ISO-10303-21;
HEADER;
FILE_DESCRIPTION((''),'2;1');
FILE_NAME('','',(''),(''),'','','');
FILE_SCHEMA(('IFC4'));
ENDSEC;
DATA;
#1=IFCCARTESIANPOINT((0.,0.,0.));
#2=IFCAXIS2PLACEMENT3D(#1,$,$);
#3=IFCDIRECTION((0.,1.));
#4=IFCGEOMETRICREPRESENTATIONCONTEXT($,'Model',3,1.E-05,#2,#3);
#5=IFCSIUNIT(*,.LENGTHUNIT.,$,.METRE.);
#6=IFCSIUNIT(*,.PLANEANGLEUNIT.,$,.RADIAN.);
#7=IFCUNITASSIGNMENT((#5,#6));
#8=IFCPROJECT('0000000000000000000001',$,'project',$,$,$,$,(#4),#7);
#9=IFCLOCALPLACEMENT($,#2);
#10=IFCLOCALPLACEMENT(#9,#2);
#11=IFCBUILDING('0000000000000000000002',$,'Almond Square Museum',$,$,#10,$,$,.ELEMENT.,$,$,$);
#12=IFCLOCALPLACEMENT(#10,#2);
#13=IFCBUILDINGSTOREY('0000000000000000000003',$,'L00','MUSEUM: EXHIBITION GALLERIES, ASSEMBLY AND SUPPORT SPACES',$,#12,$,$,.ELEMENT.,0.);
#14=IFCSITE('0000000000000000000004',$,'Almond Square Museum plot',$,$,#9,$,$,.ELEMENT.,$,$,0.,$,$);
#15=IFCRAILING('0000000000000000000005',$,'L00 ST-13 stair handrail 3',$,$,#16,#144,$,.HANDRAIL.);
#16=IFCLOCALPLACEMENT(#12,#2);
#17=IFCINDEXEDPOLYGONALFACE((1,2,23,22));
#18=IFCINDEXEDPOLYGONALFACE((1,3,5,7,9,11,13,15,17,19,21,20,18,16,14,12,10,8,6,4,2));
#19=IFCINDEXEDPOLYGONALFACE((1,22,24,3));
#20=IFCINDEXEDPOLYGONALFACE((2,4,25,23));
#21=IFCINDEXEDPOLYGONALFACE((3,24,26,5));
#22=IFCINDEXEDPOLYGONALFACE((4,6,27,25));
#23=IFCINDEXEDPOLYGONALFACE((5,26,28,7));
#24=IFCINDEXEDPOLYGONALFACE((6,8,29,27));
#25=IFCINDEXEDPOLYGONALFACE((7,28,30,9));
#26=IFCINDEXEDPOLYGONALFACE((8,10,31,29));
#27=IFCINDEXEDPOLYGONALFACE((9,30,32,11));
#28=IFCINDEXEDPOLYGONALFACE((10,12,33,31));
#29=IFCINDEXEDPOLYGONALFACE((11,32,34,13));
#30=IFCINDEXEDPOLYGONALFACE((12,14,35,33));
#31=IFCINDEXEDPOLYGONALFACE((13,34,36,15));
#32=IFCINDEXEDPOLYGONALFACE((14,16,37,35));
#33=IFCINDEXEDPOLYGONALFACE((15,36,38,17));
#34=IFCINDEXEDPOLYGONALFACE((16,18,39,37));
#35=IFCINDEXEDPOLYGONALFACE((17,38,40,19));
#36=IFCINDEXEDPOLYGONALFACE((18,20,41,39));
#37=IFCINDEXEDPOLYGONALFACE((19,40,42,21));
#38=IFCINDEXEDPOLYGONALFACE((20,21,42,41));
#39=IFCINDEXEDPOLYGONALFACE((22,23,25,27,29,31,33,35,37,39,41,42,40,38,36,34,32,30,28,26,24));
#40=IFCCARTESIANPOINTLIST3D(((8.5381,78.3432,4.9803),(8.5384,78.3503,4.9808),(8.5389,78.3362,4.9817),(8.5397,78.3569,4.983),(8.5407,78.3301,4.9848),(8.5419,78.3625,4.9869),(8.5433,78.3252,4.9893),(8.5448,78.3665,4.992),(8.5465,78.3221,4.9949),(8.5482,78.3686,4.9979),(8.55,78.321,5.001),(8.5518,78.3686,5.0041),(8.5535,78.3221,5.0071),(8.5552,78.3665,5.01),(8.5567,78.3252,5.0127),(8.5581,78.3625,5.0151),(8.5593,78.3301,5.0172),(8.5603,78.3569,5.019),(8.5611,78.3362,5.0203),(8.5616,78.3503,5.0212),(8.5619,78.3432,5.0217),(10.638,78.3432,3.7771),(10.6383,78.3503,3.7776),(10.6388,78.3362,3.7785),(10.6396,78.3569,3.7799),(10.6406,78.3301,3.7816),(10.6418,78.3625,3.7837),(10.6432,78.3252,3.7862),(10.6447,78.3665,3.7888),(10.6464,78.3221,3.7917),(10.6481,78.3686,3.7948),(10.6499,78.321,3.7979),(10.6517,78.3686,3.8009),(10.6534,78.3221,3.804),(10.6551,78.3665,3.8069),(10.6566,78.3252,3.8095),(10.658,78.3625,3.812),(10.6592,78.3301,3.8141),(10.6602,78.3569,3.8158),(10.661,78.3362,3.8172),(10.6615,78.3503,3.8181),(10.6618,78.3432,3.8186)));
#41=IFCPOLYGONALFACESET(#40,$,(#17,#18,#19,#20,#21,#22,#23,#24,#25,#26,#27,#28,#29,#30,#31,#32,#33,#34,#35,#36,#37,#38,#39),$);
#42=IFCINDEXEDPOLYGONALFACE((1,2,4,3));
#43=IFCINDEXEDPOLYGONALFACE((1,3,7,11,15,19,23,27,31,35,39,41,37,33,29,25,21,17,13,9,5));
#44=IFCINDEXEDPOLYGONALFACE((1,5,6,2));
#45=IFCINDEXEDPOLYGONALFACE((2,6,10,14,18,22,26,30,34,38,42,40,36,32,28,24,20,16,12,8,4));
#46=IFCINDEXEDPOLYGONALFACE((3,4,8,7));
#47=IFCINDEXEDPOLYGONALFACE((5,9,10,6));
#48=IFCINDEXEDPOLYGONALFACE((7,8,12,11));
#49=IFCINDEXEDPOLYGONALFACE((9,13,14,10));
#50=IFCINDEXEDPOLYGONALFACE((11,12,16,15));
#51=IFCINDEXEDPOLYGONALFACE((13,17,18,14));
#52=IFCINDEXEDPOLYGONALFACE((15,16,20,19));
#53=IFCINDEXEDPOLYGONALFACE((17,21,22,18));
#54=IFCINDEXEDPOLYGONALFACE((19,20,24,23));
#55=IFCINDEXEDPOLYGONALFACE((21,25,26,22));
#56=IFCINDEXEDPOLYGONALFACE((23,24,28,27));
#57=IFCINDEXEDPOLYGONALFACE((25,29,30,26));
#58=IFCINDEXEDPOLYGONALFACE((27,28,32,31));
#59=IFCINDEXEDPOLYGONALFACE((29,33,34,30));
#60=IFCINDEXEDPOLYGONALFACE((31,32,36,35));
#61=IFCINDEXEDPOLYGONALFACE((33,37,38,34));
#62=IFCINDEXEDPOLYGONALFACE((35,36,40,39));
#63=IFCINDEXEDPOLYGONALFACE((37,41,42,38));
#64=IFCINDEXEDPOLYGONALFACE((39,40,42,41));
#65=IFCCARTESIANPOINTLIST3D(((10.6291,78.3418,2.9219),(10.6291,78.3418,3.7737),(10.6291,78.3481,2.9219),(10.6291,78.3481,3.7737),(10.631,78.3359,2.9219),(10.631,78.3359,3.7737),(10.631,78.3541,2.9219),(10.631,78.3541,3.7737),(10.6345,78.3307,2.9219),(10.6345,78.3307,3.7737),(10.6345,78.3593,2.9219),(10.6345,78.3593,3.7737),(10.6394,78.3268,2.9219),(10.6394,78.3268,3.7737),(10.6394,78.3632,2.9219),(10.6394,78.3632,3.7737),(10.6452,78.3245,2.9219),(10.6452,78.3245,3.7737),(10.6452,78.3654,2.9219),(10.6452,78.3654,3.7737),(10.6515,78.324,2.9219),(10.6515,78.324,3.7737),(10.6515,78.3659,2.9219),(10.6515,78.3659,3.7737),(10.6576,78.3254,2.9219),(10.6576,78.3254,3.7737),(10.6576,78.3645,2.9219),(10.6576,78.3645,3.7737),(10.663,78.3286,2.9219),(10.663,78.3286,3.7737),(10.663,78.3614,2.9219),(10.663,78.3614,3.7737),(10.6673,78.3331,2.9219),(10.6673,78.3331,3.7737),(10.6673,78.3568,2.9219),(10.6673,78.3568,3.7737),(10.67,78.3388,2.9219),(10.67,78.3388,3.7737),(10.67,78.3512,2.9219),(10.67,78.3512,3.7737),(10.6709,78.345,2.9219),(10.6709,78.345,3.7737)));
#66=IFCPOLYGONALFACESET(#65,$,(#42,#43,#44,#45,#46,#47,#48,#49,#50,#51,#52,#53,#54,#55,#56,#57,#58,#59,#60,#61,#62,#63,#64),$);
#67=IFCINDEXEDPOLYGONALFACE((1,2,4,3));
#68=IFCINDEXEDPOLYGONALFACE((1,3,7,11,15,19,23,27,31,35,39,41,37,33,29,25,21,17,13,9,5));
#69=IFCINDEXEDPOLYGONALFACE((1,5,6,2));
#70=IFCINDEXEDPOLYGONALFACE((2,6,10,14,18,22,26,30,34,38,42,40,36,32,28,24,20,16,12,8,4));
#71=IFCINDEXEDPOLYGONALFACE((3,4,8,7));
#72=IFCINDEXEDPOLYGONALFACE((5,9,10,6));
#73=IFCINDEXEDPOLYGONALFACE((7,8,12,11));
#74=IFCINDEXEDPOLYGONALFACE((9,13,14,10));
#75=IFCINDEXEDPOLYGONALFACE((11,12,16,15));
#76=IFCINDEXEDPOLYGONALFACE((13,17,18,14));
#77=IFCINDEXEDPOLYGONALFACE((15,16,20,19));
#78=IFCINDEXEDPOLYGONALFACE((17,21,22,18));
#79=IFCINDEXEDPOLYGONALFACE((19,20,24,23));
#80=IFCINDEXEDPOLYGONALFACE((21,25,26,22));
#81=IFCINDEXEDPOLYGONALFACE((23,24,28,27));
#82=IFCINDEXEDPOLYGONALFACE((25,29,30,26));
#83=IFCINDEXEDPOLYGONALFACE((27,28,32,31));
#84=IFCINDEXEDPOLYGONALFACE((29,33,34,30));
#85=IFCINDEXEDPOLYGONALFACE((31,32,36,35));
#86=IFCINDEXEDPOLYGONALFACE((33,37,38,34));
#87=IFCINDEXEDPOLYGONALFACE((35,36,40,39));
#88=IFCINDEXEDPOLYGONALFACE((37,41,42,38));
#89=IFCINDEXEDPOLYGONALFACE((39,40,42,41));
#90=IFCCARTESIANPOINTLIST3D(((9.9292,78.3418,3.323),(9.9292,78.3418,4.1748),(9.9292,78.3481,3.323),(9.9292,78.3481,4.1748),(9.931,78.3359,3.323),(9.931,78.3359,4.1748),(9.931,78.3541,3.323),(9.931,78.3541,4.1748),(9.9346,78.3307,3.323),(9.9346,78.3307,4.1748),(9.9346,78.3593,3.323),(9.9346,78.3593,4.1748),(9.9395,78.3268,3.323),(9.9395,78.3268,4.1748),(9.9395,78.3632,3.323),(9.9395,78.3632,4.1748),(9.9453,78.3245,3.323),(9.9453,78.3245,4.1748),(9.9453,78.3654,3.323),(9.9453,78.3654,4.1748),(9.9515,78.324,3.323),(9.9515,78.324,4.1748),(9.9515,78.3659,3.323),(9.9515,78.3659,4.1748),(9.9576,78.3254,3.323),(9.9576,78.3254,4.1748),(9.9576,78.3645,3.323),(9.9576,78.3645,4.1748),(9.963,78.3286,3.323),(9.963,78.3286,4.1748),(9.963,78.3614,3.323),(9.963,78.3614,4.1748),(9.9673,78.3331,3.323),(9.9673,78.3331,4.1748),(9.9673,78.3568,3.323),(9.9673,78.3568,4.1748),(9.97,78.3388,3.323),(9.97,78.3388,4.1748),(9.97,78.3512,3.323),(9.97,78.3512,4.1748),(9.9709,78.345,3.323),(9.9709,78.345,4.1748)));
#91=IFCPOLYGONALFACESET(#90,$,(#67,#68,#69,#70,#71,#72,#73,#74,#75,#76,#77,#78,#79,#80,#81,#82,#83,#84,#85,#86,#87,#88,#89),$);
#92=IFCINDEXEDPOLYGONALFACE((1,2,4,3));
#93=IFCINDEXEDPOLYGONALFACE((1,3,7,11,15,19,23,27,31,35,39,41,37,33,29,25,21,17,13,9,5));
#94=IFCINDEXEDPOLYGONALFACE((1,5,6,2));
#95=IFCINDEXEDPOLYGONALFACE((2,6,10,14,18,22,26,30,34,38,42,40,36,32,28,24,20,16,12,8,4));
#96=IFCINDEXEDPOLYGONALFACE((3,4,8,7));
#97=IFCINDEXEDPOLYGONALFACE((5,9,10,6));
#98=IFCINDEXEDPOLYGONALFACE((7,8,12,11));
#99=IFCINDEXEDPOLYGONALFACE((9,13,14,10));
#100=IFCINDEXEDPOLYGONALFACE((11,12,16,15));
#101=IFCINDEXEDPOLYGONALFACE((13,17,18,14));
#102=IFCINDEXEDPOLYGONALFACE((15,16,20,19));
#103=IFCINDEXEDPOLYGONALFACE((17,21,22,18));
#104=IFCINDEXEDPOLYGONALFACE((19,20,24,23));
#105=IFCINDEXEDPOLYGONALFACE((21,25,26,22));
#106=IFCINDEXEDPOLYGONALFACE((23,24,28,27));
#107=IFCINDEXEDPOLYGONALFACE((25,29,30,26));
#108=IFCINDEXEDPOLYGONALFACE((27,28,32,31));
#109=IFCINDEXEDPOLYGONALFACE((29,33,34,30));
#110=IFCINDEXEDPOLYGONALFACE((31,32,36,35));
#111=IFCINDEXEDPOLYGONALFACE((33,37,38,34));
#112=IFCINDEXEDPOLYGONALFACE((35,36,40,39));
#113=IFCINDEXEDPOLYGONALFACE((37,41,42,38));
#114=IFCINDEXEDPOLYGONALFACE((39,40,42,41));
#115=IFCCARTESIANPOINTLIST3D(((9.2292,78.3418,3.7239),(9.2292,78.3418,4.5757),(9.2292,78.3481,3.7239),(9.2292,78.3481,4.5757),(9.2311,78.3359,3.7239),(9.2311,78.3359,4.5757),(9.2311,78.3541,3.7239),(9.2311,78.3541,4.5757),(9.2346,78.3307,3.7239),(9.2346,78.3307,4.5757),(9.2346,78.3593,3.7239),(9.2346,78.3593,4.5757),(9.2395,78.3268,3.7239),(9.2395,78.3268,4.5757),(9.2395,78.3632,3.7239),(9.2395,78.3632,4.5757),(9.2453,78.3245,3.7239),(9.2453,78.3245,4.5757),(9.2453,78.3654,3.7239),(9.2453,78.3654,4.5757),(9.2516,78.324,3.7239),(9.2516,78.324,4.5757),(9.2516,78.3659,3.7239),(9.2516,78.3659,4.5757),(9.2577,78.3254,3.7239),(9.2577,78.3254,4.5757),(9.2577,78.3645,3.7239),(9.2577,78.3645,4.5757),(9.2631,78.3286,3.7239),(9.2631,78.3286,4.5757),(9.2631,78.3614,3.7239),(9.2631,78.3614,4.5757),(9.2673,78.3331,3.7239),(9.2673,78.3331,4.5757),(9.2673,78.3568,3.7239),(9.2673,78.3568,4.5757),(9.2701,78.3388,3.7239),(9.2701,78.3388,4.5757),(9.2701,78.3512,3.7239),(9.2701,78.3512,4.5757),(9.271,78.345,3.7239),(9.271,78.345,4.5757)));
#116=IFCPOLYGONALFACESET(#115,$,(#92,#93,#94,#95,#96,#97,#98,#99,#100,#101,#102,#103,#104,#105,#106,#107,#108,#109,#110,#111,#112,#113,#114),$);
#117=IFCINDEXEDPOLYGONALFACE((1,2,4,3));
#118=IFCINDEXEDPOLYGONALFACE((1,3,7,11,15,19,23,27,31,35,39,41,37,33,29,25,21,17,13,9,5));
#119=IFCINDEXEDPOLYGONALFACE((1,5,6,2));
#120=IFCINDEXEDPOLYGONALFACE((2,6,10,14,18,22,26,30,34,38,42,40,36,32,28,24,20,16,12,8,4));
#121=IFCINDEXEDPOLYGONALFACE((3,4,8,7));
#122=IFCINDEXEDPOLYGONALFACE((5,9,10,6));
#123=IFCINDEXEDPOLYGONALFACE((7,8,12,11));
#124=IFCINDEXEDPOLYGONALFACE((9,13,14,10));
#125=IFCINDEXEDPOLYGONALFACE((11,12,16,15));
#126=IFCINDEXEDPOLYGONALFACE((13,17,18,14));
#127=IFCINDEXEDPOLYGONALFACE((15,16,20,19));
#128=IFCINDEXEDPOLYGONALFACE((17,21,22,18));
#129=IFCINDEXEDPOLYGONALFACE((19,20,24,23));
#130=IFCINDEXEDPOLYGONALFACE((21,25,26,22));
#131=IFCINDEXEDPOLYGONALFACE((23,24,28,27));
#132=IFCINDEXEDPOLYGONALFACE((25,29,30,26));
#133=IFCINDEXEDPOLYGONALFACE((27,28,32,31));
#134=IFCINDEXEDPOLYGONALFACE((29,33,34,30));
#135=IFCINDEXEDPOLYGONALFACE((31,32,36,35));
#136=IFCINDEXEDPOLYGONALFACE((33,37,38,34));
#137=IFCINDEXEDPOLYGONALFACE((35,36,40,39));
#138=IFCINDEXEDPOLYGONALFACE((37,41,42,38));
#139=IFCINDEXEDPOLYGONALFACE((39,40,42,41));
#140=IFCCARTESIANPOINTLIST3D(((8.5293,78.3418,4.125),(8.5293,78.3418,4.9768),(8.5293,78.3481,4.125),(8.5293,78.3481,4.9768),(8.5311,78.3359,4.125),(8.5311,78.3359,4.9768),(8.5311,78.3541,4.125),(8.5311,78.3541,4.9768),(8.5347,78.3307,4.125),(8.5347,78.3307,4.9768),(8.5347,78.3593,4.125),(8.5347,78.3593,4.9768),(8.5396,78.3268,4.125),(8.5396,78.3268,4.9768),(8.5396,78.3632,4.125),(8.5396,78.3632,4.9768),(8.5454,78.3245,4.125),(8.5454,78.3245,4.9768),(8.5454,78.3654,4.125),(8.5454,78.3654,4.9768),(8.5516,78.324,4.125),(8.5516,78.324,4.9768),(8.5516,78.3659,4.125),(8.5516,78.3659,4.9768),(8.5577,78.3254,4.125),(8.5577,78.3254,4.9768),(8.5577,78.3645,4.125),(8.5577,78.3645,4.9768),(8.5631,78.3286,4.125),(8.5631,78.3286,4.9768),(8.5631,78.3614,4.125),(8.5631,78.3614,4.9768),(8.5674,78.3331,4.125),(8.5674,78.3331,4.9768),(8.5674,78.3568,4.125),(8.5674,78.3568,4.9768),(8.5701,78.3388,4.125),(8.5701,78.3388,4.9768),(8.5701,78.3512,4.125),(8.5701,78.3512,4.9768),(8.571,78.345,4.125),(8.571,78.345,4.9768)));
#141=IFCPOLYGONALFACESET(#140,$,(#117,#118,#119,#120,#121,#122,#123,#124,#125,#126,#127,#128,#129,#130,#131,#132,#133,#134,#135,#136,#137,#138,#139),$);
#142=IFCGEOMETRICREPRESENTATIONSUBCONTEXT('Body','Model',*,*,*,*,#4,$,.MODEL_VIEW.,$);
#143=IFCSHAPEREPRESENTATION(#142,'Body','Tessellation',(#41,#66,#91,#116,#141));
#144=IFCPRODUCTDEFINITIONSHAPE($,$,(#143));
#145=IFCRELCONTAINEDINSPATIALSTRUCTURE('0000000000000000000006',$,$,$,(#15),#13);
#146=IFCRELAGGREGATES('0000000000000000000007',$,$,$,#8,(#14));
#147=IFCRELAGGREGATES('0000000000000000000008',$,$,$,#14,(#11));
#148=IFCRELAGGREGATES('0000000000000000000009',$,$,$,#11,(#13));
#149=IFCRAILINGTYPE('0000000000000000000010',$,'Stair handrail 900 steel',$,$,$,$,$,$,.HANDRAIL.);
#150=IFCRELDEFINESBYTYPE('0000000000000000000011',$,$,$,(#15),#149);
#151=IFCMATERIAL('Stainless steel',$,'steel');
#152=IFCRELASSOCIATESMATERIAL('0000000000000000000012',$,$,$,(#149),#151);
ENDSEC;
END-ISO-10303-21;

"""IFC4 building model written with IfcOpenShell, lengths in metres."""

from ifc_helpers import new_model, si_unit, direction, frame, origin, origin_2d, place, context, subcontext, project, spatial, circle, extrude, material, type_object, element, save


model = new_model("IFC4")

# Units and contexts
model_context = context("Model", 3, precision=1e-05, world=origin(), true_north=direction((0.0, 1.0)))
body_context = subcontext(model_context, "Body", "Model", "MODEL_VIEW")
ifc_project = project(units=[si_unit("LENGTHUNIT", "METRE"), si_unit("PLANEANGLEUNIT", "RADIAN")], contexts=[model_context])

# Site, building, storey
site_placement = place(None, origin())
site = spatial("IfcSite", under=ifc_project, at=site_placement, Name="Almond Square Museum plot", CompositionType="ELEMENT", RefElevation=0.0)
building_placement = place(site_placement, origin())
building = spatial("IfcBuilding", under=site, at=building_placement, Name="Almond Square Museum", CompositionType="ELEMENT")
storey_placement = place(building_placement, origin())
storey = spatial("IfcBuildingStorey", under=building, at=storey_placement, Name="L00", Description="MUSEUM: EXHIBITION GALLERIES, ASSEMBLY AND SUPPORT SPACES", CompositionType="ELEMENT", Elevation=0.0)

# Railing
ifc_material_1 = material(Name="Stainless steel", Category="steel")
railing_type_1 = type_object("IfcRailingType", Name="Stair handrail 900 steel", PredefinedType="HANDRAIL", material=ifc_material_1)
for number, where, name in (
    (1, (10.6499, 78.345, 2.9219), "L00 ST-13 stair handrail 3"),
):
    element("IfcRailing", number, at=place(storey_placement, frame(where)), inside=storey, type_object=railing_type_1, Name=name, PredefinedType="HANDRAIL", context=body_context, shape_type="SweptSolid", body=[
        extrude(circle(Radius=0.0239, at=origin_2d()), frame((0.0, 0.0, 0.876), z_axis=(-0.867671, 0.0, 0.497138), x_axis=(0.0, -1.0, 0.0)), (0.0, 0.0, 1.0), 2.4202),
        extrude(circle(Radius=0.021, at=origin_2d()), origin(), (0.0, 0.0, 1.0), 0.8518),
        extrude(circle(Radius=0.021, at=origin_2d()), frame((-0.7, 0.0, 0.4011)), (0.0, 0.0, 1.0), 0.8518),
        extrude(circle(Radius=0.021, at=origin_2d()), frame((-1.3999, 0.0, 0.802)), (0.0, 0.0, 1.0), 0.8518),
        extrude(circle(Radius=0.021, at=origin_2d()), frame((-2.0999, 0.0, 1.2031)), (0.0, 0.0, 1.0), 0.8518),
    ])

save(model, "model.ifc")
